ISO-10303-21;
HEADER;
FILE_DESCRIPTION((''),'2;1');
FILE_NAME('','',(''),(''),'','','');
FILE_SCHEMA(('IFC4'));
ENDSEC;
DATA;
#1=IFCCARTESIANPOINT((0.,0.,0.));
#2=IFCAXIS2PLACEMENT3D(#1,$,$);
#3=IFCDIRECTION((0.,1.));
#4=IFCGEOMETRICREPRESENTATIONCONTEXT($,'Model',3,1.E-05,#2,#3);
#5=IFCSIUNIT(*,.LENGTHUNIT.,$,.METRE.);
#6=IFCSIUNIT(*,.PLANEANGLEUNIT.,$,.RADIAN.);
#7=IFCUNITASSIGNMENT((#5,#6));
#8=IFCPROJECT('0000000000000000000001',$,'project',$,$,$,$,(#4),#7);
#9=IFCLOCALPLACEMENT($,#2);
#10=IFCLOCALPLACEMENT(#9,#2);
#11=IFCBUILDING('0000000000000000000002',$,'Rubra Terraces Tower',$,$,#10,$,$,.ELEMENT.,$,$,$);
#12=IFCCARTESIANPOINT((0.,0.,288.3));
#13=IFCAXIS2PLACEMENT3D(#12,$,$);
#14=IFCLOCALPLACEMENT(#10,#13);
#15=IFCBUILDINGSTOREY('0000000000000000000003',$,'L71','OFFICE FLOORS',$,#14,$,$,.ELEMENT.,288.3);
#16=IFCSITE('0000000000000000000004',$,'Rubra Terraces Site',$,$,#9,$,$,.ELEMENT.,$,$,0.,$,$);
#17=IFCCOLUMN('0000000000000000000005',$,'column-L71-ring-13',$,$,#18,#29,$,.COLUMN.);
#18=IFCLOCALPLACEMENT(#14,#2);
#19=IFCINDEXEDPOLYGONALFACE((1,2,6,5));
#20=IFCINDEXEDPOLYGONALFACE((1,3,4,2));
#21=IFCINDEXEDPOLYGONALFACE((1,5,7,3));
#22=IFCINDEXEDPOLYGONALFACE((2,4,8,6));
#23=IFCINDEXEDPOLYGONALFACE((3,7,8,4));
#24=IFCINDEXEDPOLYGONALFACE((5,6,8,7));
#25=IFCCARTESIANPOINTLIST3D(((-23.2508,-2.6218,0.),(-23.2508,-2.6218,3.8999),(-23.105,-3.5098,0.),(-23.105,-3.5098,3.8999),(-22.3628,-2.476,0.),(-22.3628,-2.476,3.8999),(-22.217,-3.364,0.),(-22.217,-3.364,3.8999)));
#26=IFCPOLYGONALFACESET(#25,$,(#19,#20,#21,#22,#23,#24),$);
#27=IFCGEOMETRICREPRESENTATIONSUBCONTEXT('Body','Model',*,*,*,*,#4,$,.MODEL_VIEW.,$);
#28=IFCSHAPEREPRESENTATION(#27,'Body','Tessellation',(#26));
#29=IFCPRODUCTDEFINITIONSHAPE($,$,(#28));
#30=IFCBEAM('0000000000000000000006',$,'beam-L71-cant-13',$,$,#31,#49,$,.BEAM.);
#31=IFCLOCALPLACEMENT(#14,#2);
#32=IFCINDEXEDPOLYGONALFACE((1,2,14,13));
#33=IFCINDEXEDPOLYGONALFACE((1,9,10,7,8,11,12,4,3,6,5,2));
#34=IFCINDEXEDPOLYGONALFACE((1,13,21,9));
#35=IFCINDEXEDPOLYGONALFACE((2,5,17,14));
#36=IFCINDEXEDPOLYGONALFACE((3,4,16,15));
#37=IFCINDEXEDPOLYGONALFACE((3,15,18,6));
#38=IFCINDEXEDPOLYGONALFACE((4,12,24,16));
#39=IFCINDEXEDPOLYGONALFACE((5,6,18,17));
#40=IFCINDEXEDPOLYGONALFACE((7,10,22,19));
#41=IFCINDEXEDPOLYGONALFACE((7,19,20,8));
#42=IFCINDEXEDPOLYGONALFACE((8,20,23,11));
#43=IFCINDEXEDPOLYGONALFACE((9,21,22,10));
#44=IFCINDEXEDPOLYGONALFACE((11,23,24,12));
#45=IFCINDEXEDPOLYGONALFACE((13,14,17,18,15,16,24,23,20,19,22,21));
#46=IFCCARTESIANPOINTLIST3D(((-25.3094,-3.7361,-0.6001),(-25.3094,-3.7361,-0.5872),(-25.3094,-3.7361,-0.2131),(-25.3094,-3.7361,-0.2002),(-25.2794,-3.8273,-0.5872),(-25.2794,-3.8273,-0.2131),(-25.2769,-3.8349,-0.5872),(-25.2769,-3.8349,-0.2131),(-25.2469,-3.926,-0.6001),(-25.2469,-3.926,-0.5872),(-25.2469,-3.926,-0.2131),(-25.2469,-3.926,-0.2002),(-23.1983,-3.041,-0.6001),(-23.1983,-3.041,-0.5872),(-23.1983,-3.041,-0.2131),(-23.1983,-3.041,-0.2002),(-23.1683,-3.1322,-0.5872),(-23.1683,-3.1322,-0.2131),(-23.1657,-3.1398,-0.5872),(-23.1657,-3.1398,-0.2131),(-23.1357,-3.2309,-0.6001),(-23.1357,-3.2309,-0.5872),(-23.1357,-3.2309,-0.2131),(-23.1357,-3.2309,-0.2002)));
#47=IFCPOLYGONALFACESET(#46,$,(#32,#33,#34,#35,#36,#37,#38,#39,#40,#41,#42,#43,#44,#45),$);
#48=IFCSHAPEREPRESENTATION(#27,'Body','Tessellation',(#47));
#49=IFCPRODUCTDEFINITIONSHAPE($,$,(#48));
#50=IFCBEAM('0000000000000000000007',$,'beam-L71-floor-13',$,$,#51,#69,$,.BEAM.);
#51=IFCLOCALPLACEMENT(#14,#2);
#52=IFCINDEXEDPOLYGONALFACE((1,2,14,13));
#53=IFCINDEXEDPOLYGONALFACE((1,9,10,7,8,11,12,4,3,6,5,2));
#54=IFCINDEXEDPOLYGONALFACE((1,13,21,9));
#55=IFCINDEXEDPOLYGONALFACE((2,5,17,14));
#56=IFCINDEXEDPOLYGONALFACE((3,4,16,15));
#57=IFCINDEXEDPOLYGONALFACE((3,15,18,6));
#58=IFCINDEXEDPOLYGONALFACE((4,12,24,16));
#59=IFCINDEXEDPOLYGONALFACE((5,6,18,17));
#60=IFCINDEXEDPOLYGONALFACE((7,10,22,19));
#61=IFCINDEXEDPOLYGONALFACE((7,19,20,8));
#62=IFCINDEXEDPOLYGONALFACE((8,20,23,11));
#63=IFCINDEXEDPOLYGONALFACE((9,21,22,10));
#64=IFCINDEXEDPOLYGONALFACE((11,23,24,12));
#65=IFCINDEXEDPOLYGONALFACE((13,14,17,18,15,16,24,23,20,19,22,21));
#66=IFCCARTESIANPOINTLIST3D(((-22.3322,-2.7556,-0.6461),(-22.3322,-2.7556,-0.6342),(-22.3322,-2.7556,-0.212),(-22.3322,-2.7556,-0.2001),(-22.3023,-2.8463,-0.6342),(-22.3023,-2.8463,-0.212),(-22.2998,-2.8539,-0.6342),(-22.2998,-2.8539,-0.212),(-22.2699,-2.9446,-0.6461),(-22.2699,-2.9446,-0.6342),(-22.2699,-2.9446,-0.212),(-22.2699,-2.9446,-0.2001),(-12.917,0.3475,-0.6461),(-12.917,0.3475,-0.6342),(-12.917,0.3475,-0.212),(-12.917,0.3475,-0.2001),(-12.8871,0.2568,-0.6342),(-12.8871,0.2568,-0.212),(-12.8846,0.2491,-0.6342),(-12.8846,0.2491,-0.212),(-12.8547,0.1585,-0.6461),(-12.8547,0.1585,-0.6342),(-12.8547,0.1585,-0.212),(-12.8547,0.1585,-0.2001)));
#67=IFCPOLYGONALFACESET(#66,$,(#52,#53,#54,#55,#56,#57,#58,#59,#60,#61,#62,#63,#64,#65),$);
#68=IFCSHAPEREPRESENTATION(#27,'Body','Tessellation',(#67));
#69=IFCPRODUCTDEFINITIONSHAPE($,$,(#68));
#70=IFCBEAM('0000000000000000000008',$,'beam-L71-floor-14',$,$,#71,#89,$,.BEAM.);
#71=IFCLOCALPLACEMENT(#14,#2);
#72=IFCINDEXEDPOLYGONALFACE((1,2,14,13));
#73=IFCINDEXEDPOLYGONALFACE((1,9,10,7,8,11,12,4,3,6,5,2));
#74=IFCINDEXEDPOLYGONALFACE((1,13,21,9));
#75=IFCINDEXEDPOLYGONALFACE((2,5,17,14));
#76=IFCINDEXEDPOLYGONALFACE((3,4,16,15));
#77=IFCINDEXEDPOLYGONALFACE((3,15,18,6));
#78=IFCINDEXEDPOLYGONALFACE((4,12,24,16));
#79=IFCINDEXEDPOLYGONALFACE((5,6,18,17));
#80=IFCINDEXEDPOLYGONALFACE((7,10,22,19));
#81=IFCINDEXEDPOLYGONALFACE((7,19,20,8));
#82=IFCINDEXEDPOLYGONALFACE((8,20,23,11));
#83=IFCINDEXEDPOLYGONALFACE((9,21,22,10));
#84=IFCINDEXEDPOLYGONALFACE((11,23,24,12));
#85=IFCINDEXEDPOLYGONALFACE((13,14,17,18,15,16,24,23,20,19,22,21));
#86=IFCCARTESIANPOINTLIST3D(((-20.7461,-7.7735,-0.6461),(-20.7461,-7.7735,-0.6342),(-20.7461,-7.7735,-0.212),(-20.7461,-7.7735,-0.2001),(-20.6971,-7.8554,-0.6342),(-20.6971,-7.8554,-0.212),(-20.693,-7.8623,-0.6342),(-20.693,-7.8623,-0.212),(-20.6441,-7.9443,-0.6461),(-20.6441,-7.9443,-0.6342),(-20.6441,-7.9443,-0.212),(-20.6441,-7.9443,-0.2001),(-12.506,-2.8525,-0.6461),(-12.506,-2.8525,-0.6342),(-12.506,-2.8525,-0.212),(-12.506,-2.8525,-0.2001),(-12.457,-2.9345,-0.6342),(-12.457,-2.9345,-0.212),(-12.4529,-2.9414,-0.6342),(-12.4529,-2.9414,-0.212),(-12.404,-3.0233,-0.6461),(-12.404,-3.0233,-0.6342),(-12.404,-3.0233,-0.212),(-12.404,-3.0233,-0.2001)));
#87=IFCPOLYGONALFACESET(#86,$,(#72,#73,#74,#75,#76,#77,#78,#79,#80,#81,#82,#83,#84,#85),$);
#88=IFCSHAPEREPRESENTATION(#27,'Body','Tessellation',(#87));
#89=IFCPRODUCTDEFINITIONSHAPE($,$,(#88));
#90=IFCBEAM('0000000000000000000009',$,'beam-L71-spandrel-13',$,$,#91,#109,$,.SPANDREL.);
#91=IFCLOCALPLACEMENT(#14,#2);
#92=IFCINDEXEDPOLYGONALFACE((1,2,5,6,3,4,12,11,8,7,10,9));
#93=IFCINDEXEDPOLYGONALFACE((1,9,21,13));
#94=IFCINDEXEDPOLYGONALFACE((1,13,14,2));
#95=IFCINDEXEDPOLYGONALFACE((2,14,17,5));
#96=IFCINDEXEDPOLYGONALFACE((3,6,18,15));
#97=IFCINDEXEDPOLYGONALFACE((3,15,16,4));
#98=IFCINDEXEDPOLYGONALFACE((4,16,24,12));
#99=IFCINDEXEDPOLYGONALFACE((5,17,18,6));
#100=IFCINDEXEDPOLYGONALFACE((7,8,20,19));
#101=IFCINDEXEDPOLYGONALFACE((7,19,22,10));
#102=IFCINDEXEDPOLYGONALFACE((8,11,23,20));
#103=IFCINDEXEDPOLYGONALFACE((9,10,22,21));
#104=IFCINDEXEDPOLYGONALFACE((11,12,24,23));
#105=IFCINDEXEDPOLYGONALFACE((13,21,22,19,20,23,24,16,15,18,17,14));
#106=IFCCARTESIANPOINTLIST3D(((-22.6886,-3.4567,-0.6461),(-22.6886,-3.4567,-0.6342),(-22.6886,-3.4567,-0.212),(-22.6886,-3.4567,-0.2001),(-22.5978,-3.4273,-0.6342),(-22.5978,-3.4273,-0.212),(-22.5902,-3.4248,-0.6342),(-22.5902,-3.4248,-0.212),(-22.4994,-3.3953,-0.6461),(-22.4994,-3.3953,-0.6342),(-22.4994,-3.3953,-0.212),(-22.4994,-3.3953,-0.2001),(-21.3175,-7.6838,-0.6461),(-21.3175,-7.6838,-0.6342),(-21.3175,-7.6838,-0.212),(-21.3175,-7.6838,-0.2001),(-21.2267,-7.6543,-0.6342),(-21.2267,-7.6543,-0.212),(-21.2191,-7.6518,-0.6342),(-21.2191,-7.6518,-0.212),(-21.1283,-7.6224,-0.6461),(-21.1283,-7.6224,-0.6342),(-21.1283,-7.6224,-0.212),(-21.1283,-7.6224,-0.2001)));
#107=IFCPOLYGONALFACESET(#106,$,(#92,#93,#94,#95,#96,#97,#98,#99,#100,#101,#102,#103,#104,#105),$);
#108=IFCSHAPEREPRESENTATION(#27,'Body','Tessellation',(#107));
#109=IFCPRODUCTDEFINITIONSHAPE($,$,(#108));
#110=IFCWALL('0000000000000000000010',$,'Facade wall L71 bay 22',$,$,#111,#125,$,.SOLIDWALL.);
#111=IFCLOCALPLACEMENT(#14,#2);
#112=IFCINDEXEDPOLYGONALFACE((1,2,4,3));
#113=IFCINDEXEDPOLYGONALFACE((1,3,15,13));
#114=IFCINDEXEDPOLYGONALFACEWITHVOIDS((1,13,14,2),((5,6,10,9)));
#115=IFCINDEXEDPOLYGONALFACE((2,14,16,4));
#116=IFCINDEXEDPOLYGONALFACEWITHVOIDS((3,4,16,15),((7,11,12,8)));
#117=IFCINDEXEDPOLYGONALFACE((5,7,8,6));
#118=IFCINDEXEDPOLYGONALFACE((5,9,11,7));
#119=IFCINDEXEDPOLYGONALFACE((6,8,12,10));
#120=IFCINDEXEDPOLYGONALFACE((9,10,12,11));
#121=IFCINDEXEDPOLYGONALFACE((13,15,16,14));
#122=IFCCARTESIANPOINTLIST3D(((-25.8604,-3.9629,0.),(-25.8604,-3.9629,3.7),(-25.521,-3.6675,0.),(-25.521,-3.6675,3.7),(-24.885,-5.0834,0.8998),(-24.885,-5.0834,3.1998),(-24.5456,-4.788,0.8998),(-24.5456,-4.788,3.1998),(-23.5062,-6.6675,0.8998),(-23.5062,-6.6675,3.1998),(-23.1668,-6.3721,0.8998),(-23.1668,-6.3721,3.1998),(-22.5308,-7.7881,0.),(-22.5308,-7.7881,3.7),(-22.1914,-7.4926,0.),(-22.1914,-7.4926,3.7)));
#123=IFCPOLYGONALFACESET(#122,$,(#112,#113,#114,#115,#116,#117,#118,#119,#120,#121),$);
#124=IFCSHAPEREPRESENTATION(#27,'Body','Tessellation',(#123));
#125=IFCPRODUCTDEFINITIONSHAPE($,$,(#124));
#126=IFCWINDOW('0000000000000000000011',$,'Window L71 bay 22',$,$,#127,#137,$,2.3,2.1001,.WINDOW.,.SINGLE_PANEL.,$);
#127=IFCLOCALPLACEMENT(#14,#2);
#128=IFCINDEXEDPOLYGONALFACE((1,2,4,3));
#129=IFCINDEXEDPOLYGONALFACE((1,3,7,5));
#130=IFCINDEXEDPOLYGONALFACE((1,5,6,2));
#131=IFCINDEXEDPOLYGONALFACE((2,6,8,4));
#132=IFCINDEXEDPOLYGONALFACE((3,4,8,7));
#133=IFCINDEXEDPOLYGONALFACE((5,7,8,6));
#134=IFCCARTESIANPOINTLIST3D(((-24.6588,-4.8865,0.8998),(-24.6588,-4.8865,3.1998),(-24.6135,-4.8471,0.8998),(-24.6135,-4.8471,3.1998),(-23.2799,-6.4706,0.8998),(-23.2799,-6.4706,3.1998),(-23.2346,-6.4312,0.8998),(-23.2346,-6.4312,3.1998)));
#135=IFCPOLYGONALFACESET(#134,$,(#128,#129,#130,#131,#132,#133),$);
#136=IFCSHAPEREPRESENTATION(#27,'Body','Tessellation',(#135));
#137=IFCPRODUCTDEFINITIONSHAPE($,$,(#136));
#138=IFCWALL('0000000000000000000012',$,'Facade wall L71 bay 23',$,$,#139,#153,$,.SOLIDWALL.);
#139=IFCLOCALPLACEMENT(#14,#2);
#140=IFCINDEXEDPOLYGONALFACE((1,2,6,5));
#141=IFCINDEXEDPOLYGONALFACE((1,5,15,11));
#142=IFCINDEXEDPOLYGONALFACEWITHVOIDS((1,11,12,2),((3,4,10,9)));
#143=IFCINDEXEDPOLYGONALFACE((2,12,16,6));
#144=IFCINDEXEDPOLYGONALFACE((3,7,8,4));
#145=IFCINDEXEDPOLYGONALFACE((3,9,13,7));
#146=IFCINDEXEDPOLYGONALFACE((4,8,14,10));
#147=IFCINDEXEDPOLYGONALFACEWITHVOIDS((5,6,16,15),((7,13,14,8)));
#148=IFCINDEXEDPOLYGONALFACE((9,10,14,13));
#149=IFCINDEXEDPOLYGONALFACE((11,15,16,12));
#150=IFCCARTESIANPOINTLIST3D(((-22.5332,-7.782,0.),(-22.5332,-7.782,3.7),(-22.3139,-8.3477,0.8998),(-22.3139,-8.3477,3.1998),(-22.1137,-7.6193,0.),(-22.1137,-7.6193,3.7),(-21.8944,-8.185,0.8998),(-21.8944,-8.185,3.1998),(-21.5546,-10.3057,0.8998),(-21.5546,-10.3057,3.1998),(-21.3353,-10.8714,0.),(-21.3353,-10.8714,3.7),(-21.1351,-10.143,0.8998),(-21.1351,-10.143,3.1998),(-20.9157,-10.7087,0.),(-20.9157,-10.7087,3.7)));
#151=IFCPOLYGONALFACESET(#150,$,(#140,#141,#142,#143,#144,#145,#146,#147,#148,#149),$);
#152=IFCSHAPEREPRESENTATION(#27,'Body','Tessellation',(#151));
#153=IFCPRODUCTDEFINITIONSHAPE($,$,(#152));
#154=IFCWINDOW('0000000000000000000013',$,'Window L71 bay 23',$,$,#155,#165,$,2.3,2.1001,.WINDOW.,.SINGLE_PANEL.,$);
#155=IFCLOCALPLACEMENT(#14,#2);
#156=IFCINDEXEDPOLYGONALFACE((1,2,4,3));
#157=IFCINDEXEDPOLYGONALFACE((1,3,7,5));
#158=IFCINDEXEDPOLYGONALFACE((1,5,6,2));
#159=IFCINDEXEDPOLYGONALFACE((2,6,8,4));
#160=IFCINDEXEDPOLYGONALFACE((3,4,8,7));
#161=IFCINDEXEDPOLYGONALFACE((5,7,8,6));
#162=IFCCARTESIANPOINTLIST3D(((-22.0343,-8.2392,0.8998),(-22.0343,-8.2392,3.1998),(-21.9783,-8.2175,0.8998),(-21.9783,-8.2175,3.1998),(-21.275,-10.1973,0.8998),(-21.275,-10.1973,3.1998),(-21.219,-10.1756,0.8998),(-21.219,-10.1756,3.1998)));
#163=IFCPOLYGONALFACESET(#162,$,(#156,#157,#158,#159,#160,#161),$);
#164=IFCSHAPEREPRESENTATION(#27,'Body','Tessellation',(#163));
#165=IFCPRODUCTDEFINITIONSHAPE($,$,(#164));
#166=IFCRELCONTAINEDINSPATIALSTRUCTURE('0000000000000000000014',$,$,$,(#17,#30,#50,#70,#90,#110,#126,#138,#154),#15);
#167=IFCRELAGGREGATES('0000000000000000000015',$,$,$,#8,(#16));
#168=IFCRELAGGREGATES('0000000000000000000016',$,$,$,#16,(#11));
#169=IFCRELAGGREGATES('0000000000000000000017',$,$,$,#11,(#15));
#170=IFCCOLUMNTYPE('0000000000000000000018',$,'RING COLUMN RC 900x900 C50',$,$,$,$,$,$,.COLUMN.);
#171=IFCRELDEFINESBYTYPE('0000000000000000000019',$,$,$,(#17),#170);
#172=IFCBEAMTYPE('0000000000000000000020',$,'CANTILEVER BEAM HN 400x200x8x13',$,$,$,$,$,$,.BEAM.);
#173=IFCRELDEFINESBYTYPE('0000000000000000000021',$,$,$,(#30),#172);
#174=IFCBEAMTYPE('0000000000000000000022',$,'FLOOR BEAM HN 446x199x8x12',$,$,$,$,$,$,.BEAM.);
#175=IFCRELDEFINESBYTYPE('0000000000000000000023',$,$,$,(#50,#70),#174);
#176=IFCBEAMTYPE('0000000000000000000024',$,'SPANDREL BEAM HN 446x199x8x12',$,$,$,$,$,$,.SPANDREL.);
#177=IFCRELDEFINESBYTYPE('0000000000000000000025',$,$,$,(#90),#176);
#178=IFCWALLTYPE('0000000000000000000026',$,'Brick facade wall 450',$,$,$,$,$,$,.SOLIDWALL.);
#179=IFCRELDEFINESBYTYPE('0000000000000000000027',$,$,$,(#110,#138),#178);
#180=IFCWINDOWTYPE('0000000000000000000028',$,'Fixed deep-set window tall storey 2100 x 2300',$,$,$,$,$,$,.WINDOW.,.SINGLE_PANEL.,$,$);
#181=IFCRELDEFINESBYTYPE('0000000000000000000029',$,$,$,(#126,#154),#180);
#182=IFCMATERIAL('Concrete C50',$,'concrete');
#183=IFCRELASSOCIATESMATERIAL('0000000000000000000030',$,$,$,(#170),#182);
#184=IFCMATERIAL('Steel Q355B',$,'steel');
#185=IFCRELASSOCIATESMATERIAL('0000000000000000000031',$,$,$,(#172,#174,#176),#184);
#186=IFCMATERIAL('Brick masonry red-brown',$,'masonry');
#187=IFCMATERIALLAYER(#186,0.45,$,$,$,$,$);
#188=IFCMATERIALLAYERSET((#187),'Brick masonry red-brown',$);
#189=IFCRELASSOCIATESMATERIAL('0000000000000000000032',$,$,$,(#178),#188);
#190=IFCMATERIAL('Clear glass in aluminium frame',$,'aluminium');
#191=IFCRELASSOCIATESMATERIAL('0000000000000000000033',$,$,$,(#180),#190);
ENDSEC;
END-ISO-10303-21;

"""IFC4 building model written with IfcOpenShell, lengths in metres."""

from ifc_helpers import new_model, si_unit, direction, frame, frame_2d, origin, origin_2d, place, context, subcontext, project, spatial, rectangle, i_section, extrude, material, layer, layer_set, material_profile, profile_set, type_object, element, fill, save


model = new_model("IFC4")

# Units and contexts
model_context = context("Model", 3, precision=1e-05, world=origin(), true_north=direction((0.0, 1.0)))
body_context = subcontext(model_context, "Body", "Model", "MODEL_VIEW")
ifc_project = project(units=[si_unit("LENGTHUNIT", "METRE"), si_unit("PLANEANGLEUNIT", "RADIAN")], contexts=[model_context])

# Site, building, storey
site_placement = place(None, origin())
site = spatial("IfcSite", under=ifc_project, at=site_placement, Name="Rubra Terraces Site", CompositionType="ELEMENT", RefElevation=0.0)
building_placement = place(site_placement, origin())
building = spatial("IfcBuilding", under=site, at=building_placement, Name="Rubra Terraces Tower", CompositionType="ELEMENT")
storey_placement = place(building_placement, frame((0.0, 0.0, 288.3)))
storey = spatial("IfcBuildingStorey", under=building, at=storey_placement, Name="L71", Description="OFFICE FLOORS", CompositionType="ELEMENT", Elevation=288.3)

# Column
ifc_material_1 = material(Name="Concrete C50", Category="concrete")
ifc_material_profile_1 = material_profile(ifc_material_1, rectangle(XDim=0.8999, YDim=0.8999, at=origin_2d()), Name="RC 900x900")
ifc_profile_set_1 = profile_set([ifc_material_profile_1], Name="Concrete C50")
column_type = type_object("IfcColumnType", Name="RING COLUMN RC 900x900 C50", PredefinedType="COLUMN", material=ifc_profile_set_1)
column_placement = place(storey_placement, frame((-22.7339, -2.9929, 0.0), z_axis=(0.0, 0.0, 1.0), x_axis=(0.162062, -0.986781, 0.0)))
element("IfcColumn", 1, at=column_placement, inside=storey, type_object=column_type, Name="column-L71-ring-13", PredefinedType="COLUMN", context=body_context, shape_type="SweptSolid", body=[
    extrude(rectangle(XDim=0.8999, YDim=0.8999, at=origin_2d()), origin(), (0.0, 0.0, 1.0), 3.8999),
])

# Beams
ifc_material_2 = material(Name="Steel Q355B", Category="steel")
ifc_material_profile_2 = material_profile(ifc_material_2, i_section(OverallWidth=0.2, OverallDepth=0.3999, WebThickness=0.0081, FlangeThickness=0.0129, at=origin_2d()), Name="HN 400x200x8x13")
ifc_profile_set_2 = profile_set([ifc_material_profile_2], Name="Steel Q355B")
beam_type_1 = type_object("IfcBeamType", Name="CANTILEVER BEAM HN 400x200x8x13", PredefinedType="BEAM", material=ifc_profile_set_2)
beam_1_placement = place(storey_placement, frame((-23.167, -3.136, -0.4001), z_axis=(-0.949841, -0.312733, 0.0), x_axis=(0.312733, -0.949841, 0.0)))
element("IfcBeam", 2, at=beam_1_placement, inside=storey, type_object=beam_type_1, Name="beam-L71-cant-13", PredefinedType="BEAM", context=body_context, shape_type="SweptSolid", body=[
    extrude(i_section(OverallWidth=0.2, OverallDepth=0.3999, WebThickness=0.0081, FlangeThickness=0.0129, at=origin_2d()), origin(), (0.0, 0.0, 1.0), 2.2227),
])
ifc_material_profile_3 = material_profile(ifc_material_2, i_section(OverallWidth=0.199, OverallDepth=0.446, WebThickness=0.0081, FlangeThickness=0.012, at=origin_2d()), Name="HN 446x199x8x12")
ifc_profile_set_3 = profile_set([ifc_material_profile_3], Name="Steel Q355B")
beam_type_2 = type_object("IfcBeamType", Name="FLOOR BEAM HN 446x199x8x12", PredefinedType="BEAM", material=ifc_profile_set_3)
beam_2_placement = place(storey_placement, frame((-22.301, -2.8501, -0.4231), z_axis=(0.949747, 0.313019, 0.0), x_axis=(-0.313019, 0.949747, 0.0)))
element("IfcBeam", 3, at=beam_2_placement, inside=storey, type_object=beam_type_2, Name="beam-L71-floor-13", PredefinedType="BEAM", context=body_context, shape_type="SweptSolid", body=[
    extrude(i_section(OverallWidth=0.199, OverallDepth=0.446, WebThickness=0.0081, FlangeThickness=0.012, at=origin_2d()), origin(), (0.0, 0.0, 1.0), 9.9133),
])
beam_3_placement = place(storey_placement, frame((-20.6951, -7.8589, -0.4231), z_axis=(0.858553, 0.512725, 0.0), x_axis=(-0.512725, 0.858553, 0.0)))
element("IfcBeam", 4, at=beam_3_placement, inside=storey, type_object=beam_type_2, Name="beam-L71-floor-14", PredefinedType="BEAM", context=body_context, shape_type="SweptSolid", body=[
    extrude(i_section(OverallWidth=0.199, OverallDepth=0.446, WebThickness=0.0081, FlangeThickness=0.012, at=origin_2d()), origin(), (0.0, 0.0, 1.0), 9.5977),
])
ifc_material_profile_4 = material_profile(ifc_material_2, i_section(OverallWidth=0.199, OverallDepth=0.446, WebThickness=0.0081, FlangeThickness=0.012, at=origin_2d()), Name="HN 446x199x8x12")
ifc_profile_set_4 = profile_set([ifc_material_profile_4], Name="Steel Q355B")
beam_type_3 = type_object("IfcBeamType", Name="SPANDREL BEAM HN 446x199x8x12", PredefinedType="SPANDREL", material=ifc_profile_set_4)
beam_4_placement = place(storey_placement, frame((-22.594, -3.426, -0.4231), z_axis=(0.308537, -0.951212, 0.0), x_axis=(0.951212, 0.308537, 0.0)))
element("IfcBeam", 5, at=beam_4_placement, inside=storey, type_object=beam_type_3, Name="beam-L71-spandrel-13", PredefinedType="SPANDREL", context=body_context, shape_type="SweptSolid", body=[
    extrude(i_section(OverallWidth=0.199, OverallDepth=0.446, WebThickness=0.0081, FlangeThickness=0.012, at=origin_2d()), origin(), (0.0, 0.0, 1.0), 4.4438),
])

# Walls, openings, windows
ifc_material_3 = material(Name="Brick masonry red-brown", Category="masonry")
ifc_layer_1 = layer(ifc_material_3, 0.45)
ifc_layer_set_1 = layer_set([ifc_layer_1], Name="Brick masonry red-brown")
wall_type_1 = type_object("IfcWallType", Name="Brick facade wall 450", PredefinedType="SOLIDWALL", material=ifc_layer_set_1)
wall_1_placement = place(storey_placement, frame((-25.6907, -3.8152, 0.0), z_axis=(0.0, 0.0, 1.0), x_axis=(0.656553, -0.75428, 0.0)))
wall_1 = element("IfcWall", 6, at=wall_1_placement, inside=storey, type_object=wall_type_1, Name="Facade wall L71 bay 22", PredefinedType="SOLIDWALL", context=body_context, shape_type="SweptSolid", body=[
    extrude(rectangle(XDim=5.0713, YDim=0.45, at=frame_2d((2.5356, 0.0))), origin(), (0.0, 0.0, 1.0), 3.7),
])
opening_1_placement = place(wall_1_placement, frame((1.4856, 0.0, 0.8999)))
opening_1 = element("IfcOpeningElement", 7, at=opening_1_placement, cuts=wall_1, PredefinedType="OPENING", context=body_context, shape_type="SweptSolid", body=[
    extrude(rectangle(XDim=2.1001, YDim=2.3, at=frame_2d((1.05, 1.1499))), frame((0.0, 0.2349, 0.0), z_axis=(0.0, -1.0, 0.0), x_axis=(1.0, 0.0, 0.0)), (0.0, 0.0, 1.0), 0.47),
])
ifc_material_4 = material(Name="Clear glass in aluminium frame", Category="aluminium")
window_type = type_object("IfcWindowType", Name="Fixed deep-set window tall storey 2100 x 2300", PartitioningType="SINGLE_PANEL", PredefinedType="WINDOW", material=ifc_material_4)
window_1_placement = place(opening_1_placement, origin())
window_1 = element("IfcWindow", 8, at=window_1_placement, inside=storey, type_object=window_type, Name="Window L71 bay 22", OverallHeight=2.3, OverallWidth=2.1001, PartitioningType="SINGLE_PANEL", PredefinedType="WINDOW", context=body_context, shape_type="SweptSolid", body=[
    extrude(rectangle(XDim=2.1001, YDim=2.3, at=frame_2d((1.05, 1.1499))), frame((0.0, 0.135, 0.0), z_axis=(0.0, -1.0, 0.0), x_axis=(1.0, 0.0, 0.0)), (0.0, 0.0, 1.0), 0.0601),
])
fill(opening_1, window_1)
wall_2_placement = place(storey_placement, frame((-22.3235, -7.7007, 0.0), z_axis=(0.0, 0.0, 1.0), x_axis=(0.36155, -0.932353, 0.0)))
wall_2 = element("IfcWall", 9, at=wall_2_placement, inside=storey, type_object=wall_type_1, Name="Facade wall L71 bay 23", PredefinedType="SOLIDWALL", context=body_context, shape_type="SweptSolid", body=[
    extrude(rectangle(XDim=3.3135, YDim=0.45, at=frame_2d((1.6567, 0.0))), origin(), (0.0, 0.0, 1.0), 3.7),
])
opening_2_placement = place(wall_2_placement, frame((0.6067, 0.0, 0.8999)))
opening_2 = element("IfcOpeningElement", 10, at=opening_2_placement, cuts=wall_2, PredefinedType="OPENING", context=body_context, shape_type="SweptSolid", body=[
    extrude(rectangle(XDim=2.1001, YDim=2.3, at=frame_2d((1.05, 1.1499))), frame((0.0, 0.2349, 0.0), z_axis=(0.0, -1.0, 0.0), x_axis=(1.0, 0.0, 0.0)), (0.0, 0.0, 1.0), 0.47),
])
window_2_placement = place(opening_2_placement, origin())
window_2 = element("IfcWindow", 11, at=window_2_placement, inside=storey, type_object=window_type, Name="Window L71 bay 23", OverallHeight=2.3, OverallWidth=2.1001, PartitioningType="SINGLE_PANEL", PredefinedType="WINDOW", context=body_context, shape_type="SweptSolid", body=[
    extrude(rectangle(XDim=2.1001, YDim=2.3, at=frame_2d((1.05, 1.1499))), frame((0.0, 0.135, 0.0), z_axis=(0.0, -1.0, 0.0), x_axis=(1.0, 0.0, 0.0)), (0.0, 0.0, 1.0), 0.0601),
])
fill(opening_2, window_2)

save(model, "model.ifc")
